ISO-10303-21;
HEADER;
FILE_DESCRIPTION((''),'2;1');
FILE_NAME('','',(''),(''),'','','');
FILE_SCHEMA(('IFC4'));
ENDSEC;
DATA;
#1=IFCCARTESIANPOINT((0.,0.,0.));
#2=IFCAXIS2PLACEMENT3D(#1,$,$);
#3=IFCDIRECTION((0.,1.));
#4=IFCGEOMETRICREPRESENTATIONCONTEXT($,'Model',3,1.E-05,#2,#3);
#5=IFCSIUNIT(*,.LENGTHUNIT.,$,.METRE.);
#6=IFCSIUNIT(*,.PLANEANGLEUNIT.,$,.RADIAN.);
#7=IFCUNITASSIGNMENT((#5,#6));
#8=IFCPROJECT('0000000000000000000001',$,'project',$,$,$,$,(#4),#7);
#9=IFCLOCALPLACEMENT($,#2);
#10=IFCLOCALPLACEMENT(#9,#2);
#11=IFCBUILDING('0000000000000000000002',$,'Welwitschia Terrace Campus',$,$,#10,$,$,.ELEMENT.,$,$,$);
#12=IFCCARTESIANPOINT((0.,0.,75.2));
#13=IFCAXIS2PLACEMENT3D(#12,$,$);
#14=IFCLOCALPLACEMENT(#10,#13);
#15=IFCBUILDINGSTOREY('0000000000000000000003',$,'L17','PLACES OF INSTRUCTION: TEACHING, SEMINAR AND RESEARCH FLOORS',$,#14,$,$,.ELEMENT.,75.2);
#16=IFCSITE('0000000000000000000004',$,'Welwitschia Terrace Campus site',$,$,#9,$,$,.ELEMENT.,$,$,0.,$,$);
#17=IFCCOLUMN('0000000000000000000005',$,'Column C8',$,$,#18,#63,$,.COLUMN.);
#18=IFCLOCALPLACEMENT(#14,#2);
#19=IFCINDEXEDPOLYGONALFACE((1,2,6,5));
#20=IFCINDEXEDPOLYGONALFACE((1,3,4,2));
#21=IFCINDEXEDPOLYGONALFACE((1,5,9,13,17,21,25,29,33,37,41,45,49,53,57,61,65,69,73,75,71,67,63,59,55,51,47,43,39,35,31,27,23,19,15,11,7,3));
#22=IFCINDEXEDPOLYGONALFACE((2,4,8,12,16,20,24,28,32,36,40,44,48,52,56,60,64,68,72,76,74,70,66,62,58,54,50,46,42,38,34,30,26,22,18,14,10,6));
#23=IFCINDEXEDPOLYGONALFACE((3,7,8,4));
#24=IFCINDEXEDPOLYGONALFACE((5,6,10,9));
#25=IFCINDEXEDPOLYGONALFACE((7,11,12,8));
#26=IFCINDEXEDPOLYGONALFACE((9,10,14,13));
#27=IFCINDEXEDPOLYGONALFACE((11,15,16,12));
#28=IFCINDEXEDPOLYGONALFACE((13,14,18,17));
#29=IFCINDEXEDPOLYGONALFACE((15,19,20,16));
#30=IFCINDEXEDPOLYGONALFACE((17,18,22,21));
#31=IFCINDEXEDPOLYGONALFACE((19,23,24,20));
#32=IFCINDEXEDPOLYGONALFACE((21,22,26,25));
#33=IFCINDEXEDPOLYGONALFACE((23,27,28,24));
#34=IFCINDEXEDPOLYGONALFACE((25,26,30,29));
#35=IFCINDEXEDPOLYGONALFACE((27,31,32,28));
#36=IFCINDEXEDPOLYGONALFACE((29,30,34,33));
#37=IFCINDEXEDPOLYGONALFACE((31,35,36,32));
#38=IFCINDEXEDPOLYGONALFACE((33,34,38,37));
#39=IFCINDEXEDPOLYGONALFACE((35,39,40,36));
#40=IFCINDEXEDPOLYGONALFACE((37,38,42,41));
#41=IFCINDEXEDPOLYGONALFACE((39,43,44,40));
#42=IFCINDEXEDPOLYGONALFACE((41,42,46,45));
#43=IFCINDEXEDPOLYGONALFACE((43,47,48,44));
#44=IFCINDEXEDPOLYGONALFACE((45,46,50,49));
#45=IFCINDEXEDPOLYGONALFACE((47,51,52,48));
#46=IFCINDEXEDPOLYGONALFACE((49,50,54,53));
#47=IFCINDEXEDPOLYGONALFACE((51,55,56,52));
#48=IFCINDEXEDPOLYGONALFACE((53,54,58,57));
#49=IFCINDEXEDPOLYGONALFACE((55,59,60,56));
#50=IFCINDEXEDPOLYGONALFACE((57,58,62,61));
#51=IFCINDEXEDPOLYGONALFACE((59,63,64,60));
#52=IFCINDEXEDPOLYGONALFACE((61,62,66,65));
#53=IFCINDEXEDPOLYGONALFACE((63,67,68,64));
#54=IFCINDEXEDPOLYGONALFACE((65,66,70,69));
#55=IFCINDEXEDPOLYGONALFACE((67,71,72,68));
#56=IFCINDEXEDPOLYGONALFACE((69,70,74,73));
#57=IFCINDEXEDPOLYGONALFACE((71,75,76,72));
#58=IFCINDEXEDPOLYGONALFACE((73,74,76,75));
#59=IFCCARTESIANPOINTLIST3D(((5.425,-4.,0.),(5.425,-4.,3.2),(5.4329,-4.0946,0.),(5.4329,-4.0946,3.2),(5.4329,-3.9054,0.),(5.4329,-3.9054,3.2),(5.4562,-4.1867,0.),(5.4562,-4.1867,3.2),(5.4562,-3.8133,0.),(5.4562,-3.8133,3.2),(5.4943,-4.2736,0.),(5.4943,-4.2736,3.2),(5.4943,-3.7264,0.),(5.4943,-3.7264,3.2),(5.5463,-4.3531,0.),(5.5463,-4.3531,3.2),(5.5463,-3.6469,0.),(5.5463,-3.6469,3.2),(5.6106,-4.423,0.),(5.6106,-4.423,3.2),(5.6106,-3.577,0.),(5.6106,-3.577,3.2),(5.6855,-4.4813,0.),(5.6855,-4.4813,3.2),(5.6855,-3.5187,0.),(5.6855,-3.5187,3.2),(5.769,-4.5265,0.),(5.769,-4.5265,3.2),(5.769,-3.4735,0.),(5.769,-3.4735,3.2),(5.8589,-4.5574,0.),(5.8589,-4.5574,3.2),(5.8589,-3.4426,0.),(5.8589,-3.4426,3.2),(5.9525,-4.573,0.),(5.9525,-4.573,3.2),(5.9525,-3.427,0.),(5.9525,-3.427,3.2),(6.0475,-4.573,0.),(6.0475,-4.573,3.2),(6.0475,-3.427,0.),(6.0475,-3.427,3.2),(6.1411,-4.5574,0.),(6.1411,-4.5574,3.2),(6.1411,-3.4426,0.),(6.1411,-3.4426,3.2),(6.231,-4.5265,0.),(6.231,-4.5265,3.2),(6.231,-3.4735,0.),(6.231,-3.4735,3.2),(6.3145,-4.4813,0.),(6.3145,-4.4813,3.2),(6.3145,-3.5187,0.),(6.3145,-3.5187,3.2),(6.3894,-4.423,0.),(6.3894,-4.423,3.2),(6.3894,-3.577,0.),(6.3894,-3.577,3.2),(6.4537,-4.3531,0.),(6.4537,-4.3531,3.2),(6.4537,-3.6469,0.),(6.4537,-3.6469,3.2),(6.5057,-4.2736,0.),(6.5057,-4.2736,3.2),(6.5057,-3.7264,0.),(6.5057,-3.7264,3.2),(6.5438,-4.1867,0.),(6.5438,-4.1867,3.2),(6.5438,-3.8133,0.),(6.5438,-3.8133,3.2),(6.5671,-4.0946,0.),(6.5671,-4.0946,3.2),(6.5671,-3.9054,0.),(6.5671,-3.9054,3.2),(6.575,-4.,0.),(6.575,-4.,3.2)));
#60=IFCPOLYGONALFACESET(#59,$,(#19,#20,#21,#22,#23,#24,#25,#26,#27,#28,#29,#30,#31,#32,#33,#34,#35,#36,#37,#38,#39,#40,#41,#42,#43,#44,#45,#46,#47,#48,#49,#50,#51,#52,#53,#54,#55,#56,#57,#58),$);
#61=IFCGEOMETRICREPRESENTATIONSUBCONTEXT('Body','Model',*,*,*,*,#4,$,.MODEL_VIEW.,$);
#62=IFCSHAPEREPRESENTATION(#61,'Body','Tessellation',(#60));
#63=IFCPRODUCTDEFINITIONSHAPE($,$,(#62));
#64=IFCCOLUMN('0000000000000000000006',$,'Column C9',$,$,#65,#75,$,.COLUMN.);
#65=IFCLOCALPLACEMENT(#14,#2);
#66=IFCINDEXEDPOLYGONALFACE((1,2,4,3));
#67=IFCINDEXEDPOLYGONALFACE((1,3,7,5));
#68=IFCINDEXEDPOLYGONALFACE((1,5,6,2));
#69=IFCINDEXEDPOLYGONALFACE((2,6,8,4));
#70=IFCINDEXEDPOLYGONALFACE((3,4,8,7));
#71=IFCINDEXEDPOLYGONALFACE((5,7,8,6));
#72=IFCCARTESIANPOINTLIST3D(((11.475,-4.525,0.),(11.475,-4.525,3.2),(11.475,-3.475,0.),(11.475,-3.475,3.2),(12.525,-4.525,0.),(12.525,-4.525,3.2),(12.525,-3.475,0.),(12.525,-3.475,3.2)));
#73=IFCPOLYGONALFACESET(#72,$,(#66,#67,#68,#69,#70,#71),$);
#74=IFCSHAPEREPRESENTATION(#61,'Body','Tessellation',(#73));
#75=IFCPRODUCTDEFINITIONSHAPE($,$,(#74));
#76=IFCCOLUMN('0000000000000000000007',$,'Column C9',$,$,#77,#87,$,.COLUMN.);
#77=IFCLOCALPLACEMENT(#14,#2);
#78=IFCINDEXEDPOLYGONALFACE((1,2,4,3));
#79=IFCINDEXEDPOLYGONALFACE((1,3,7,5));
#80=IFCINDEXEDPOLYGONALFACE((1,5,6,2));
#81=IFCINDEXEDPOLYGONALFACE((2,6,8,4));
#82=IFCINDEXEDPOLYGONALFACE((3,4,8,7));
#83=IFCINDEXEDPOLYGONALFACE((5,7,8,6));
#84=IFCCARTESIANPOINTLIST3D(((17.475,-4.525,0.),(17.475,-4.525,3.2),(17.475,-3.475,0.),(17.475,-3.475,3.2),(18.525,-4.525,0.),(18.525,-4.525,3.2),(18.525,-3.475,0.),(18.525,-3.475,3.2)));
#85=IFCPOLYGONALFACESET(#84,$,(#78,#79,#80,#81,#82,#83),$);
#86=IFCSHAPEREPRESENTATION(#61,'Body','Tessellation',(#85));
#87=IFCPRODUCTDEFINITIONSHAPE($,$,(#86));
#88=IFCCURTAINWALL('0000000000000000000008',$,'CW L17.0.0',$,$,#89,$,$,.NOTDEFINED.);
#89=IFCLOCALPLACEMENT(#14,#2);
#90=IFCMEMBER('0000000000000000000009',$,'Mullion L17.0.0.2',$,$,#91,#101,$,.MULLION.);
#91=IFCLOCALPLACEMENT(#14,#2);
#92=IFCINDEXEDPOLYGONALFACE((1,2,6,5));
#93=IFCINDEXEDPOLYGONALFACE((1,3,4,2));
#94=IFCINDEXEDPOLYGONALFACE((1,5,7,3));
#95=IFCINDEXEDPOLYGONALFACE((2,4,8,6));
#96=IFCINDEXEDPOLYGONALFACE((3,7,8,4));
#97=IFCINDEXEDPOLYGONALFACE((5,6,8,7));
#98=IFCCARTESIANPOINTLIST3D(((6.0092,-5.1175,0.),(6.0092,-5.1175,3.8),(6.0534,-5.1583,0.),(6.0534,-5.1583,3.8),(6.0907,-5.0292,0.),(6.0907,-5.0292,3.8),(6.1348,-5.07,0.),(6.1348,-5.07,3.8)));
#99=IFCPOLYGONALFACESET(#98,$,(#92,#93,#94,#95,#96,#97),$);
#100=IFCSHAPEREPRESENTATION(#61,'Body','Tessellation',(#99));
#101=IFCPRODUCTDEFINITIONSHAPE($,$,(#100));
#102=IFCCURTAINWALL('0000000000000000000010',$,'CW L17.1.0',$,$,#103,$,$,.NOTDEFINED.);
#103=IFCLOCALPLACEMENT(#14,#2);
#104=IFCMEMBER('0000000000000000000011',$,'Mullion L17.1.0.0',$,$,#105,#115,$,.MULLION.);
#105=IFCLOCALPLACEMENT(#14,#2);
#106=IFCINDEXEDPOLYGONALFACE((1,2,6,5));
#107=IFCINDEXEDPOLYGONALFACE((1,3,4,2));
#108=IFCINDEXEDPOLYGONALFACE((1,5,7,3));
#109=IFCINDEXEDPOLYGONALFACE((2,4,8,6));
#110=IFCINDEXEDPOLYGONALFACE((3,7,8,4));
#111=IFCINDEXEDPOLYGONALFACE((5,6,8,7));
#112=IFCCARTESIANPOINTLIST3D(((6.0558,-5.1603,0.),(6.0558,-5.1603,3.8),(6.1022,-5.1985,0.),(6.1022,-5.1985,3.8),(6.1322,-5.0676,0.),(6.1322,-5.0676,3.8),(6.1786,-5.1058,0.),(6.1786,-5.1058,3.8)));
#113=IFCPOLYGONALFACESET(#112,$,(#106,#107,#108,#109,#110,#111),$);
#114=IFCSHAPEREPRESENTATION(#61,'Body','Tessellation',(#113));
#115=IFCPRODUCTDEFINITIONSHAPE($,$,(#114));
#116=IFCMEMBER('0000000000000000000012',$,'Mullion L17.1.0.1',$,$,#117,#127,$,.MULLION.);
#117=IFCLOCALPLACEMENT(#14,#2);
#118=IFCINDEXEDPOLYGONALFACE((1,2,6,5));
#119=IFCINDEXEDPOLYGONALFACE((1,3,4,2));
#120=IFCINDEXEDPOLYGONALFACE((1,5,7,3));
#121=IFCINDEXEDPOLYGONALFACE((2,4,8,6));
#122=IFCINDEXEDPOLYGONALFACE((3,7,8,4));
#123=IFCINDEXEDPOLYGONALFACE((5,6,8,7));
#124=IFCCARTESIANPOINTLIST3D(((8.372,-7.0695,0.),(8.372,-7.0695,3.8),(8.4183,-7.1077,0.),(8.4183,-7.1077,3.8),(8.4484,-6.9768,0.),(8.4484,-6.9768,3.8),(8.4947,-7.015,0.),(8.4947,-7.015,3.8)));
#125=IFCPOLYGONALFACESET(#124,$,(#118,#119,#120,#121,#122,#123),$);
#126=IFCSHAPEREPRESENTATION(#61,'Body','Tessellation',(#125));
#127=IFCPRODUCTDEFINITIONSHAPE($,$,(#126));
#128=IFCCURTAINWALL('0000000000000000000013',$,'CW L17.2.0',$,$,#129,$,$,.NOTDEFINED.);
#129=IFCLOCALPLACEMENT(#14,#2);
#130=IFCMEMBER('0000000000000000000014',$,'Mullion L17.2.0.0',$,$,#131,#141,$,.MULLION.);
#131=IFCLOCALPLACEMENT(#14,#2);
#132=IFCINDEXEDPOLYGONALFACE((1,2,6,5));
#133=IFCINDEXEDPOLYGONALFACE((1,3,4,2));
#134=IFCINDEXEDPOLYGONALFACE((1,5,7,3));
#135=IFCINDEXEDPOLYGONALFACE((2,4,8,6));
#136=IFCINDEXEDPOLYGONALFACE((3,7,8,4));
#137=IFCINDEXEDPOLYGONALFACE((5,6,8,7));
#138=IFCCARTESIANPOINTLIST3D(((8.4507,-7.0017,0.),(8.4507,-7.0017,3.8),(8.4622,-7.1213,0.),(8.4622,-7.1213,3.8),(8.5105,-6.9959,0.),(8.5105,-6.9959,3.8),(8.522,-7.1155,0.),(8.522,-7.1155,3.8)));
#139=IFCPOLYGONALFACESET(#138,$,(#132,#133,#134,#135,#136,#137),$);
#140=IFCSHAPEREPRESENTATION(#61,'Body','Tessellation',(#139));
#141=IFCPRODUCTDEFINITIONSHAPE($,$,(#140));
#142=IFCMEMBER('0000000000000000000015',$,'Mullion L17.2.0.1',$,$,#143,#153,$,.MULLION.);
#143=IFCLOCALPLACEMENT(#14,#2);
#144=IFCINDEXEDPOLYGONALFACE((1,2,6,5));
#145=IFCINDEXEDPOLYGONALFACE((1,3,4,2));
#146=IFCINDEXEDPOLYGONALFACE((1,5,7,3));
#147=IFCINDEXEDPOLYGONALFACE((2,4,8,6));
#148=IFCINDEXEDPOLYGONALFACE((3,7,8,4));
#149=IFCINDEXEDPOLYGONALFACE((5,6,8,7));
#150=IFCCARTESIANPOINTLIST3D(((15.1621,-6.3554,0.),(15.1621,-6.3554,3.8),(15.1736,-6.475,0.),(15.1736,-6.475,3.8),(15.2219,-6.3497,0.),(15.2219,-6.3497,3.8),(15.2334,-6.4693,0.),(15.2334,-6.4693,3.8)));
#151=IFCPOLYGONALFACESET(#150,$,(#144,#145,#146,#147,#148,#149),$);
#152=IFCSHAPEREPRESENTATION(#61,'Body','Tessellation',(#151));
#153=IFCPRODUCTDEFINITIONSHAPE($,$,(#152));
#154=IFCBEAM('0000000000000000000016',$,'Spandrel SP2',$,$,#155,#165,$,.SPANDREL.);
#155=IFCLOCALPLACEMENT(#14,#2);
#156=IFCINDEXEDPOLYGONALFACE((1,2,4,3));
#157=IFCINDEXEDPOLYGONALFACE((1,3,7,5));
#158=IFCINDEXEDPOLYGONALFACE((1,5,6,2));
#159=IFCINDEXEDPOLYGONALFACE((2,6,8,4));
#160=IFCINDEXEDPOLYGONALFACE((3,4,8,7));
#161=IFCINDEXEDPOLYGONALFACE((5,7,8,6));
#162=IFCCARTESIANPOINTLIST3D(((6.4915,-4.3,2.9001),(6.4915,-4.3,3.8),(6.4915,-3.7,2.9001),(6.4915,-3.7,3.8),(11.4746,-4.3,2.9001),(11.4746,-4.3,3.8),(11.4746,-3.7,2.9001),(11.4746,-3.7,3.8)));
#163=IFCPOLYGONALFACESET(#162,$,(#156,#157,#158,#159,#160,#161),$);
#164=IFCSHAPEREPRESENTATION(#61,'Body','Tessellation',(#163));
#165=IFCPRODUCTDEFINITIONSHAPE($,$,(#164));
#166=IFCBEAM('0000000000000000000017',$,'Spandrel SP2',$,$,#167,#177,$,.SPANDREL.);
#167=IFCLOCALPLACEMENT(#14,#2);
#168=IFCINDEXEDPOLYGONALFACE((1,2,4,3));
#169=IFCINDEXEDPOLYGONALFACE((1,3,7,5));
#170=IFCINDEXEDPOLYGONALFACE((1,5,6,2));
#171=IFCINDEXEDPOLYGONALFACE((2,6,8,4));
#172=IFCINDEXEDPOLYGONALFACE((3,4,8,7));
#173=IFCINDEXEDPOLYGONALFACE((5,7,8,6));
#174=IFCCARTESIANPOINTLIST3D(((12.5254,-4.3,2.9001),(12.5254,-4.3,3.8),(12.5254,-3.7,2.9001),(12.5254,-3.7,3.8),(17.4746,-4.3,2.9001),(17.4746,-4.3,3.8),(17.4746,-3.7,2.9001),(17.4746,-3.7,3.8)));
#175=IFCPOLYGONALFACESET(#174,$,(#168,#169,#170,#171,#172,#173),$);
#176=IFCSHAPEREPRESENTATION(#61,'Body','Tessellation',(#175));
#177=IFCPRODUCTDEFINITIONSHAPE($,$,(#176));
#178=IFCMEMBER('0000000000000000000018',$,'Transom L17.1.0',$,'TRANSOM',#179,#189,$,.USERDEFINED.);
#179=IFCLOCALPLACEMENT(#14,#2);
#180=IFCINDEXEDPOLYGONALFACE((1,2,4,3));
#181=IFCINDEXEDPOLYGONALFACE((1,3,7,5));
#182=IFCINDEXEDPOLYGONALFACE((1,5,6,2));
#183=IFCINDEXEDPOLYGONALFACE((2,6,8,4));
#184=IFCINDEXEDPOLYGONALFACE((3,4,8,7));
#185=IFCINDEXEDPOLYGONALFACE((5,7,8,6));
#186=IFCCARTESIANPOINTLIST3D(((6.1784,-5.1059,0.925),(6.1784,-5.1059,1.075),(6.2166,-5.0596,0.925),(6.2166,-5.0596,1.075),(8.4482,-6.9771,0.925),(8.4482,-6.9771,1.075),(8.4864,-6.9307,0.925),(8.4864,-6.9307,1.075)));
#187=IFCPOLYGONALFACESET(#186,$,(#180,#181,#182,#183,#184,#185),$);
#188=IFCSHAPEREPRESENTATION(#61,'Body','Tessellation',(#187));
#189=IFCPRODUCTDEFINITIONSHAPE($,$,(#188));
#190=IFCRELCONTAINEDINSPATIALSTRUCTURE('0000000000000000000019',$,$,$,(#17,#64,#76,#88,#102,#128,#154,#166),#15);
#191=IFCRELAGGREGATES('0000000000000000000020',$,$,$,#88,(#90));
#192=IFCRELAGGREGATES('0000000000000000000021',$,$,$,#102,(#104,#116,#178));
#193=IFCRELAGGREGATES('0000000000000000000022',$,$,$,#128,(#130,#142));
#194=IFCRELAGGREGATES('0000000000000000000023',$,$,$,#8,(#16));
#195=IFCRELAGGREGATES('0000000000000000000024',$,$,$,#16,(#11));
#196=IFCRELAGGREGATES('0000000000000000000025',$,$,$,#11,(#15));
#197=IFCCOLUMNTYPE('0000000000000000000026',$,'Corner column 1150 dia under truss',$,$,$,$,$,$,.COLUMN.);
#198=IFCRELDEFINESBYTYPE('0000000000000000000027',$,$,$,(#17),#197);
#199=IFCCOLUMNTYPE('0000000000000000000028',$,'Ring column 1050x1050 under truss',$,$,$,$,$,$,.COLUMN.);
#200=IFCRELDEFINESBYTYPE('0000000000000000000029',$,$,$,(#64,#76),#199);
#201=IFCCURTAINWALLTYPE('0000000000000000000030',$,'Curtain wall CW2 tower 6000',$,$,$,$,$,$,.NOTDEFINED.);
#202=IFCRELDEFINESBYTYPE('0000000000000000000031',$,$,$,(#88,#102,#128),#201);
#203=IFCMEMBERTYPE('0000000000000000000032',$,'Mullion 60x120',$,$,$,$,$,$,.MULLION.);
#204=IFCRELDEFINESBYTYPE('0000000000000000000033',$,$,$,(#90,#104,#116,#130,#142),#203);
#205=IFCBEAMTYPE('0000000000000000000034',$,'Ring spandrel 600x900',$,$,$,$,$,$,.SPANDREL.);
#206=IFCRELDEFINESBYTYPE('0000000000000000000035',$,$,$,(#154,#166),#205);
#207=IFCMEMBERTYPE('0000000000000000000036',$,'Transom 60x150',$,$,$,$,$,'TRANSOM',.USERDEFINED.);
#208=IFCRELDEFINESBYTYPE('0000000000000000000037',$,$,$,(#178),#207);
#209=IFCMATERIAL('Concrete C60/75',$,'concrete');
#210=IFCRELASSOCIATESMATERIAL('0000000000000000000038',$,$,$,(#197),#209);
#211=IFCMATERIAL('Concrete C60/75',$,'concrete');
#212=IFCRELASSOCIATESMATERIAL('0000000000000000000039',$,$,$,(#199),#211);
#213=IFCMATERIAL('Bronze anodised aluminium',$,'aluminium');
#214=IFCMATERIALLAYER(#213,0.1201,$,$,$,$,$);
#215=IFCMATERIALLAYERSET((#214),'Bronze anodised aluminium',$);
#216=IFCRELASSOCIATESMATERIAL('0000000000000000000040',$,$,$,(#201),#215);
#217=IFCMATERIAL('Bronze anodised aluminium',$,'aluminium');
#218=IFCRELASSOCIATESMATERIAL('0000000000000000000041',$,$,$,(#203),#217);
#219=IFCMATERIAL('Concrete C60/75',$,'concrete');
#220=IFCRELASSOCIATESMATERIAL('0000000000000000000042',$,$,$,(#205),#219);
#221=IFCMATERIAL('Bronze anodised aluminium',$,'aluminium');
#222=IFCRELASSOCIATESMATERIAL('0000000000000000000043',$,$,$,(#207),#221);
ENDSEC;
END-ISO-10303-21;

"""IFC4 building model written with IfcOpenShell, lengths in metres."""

from ifc_helpers import new_model, si_unit, direction, frame, origin, origin_2d, place, context, subcontext, project, spatial, rectangle, circle, extrude, material, layer, layer_set, material_profile, profile_set, type_object, element, aggregate, save


model = new_model("IFC4")

# Units and contexts
model_context = context("Model", 3, precision=1e-05, world=origin(), true_north=direction((0.0, 1.0)))
body_context = subcontext(model_context, "Body", "Model", "MODEL_VIEW")
ifc_project = project(units=[si_unit("LENGTHUNIT", "METRE"), si_unit("PLANEANGLEUNIT", "RADIAN")], contexts=[model_context])

# Site, building, storey
site_placement = place(None, origin())
site = spatial("IfcSite", under=ifc_project, at=site_placement, Name="Welwitschia Terrace Campus site", CompositionType="ELEMENT", RefElevation=0.0)
building_placement = place(site_placement, origin())
building = spatial("IfcBuilding", under=site, at=building_placement, Name="Welwitschia Terrace Campus", CompositionType="ELEMENT")
storey_placement = place(building_placement, frame((0.0, 0.0, 75.2)))
storey = spatial("IfcBuildingStorey", under=building, at=storey_placement, Name="L17", Description="PLACES OF INSTRUCTION: TEACHING, SEMINAR AND RESEARCH FLOORS", CompositionType="ELEMENT", Elevation=75.2)

# Columns
ifc_material_1 = material(Name="Concrete C60/75", Category="concrete")
ifc_material_profile_1 = material_profile(ifc_material_1, circle(Radius=0.575, at=origin_2d()))
ifc_profile_set_1 = profile_set([ifc_material_profile_1], Name="Concrete C60/75")
column_type_1 = type_object("IfcColumnType", Name="Corner column 1150 dia under truss", PredefinedType="COLUMN", material=ifc_profile_set_1)
column_placement = place(storey_placement, frame((6.0, -4.0, 0.0), z_axis=(0.0, 0.0, 1.0), x_axis=(1.0, 0.0, 0.0)))
element("IfcColumn", 1, at=column_placement, inside=storey, type_object=column_type_1, Name="Column C8", PredefinedType="COLUMN", context=body_context, shape_type="SweptSolid", body=[
    extrude(circle(Radius=0.575, at=origin_2d()), origin(), (0.0, 0.0, 1.0), 3.2),
])
ifc_material_2 = material(Name="Concrete C60/75", Category="concrete")
ifc_material_profile_2 = material_profile(ifc_material_2, rectangle(XDim=1.05, YDim=1.05, at=origin_2d()))
ifc_profile_set_2 = profile_set([ifc_material_profile_2], Name="Concrete C60/75")
column_type_2 = type_object("IfcColumnType", Name="Ring column 1050x1050 under truss", PredefinedType="COLUMN", material=ifc_profile_set_2)
for number, where, z_axis, x_axis, name in (
    (2, (12.0, -4.0, 0.0), (0.0, 0.0, 1.0), (1.0, 0.0, 0.0), "Column C9"),
    (3, (18.0, -4.0, 0.0), (0.0, 0.0, 1.0), (1.0, 0.0, 0.0), "Column C9"),
):
    element("IfcColumn", number, at=place(storey_placement, frame(where, z_axis=z_axis, x_axis=x_axis)), inside=storey, type_object=column_type_2, Name=name, PredefinedType="COLUMN", context=body_context, shape_type="SweptSolid", body=[
        extrude(rectangle(XDim=1.05, YDim=1.05, at=origin_2d()), origin(), (0.0, 0.0, 1.0), 3.2),
    ])

# Curtain wall, member
ifc_material_3 = material(Name="Bronze anodised aluminium", Category="aluminium")
ifc_layer_1 = layer(ifc_material_3, 0.1201)
ifc_layer_set_1 = layer_set([ifc_layer_1], Name="Bronze anodised aluminium")
curtain_wall_type = type_object("IfcCurtainWallType", Name="Curtain wall CW2 tower 6000", PredefinedType="NOTDEFINED", material=ifc_layer_set_1)
curtain_wall_1_placement = place(storey_placement, origin())
curtain_wall_1 = element("IfcCurtainWall", 4, at=curtain_wall_1_placement, inside=storey, type_object=curtain_wall_type, Name="CW L17.0.0", PredefinedType="NOTDEFINED")
ifc_material_4 = material(Name="Bronze anodised aluminium", Category="aluminium")
ifc_material_profile_3 = material_profile(ifc_material_4, rectangle(XDim=0.1201, YDim=0.0601, at=origin_2d()))
ifc_profile_set_3 = profile_set([ifc_material_profile_3], Name="Bronze anodised aluminium")
member_type_1 = type_object("IfcMemberType", Name="Mullion 60x120", PredefinedType="MULLION", material=ifc_profile_set_3)
member_1_placement = place(storey_placement, frame((6.072, -5.0938, 0.0), z_axis=(0.0, 0.0, 1.0), x_axis=(0.678225, 0.734854, 0.0)))
member_1 = element("IfcMember", 5, at=member_1_placement, type_object=member_type_1, Name="Mullion L17.0.0.2", PredefinedType="MULLION", context=body_context, shape_type="SweptSolid", body=[
    extrude(rectangle(XDim=0.1201, YDim=0.0601, at=origin_2d()), origin(), (0.0, 0.0, 1.0), 3.8),
])

# Curtain walls, members
curtain_wall_2_placement = place(storey_placement, origin())
curtain_wall_2 = element("IfcCurtainWall", 6, at=curtain_wall_2_placement, inside=storey, type_object=curtain_wall_type, Name="CW L17.1.0", PredefinedType="NOTDEFINED")
member_2_placement = place(storey_placement, frame((6.1172, -5.1331, 0.0), z_axis=(0.0, 0.0, 1.0), x_axis=(0.636078, 0.771625, 0.0)))
member_2 = element("IfcMember", 7, at=member_2_placement, type_object=member_type_1, Name="Mullion L17.1.0.0", PredefinedType="MULLION", context=body_context, shape_type="SweptSolid", body=[
    extrude(rectangle(XDim=0.1201, YDim=0.0601, at=origin_2d()), origin(), (0.0, 0.0, 1.0), 3.8),
])
member_3_placement = place(storey_placement, frame((8.4333, -7.0422, 0.0), z_axis=(0.0, 0.0, 1.0), x_axis=(0.636078, 0.771625, 0.0)))
member_3 = element("IfcMember", 8, at=member_3_placement, type_object=member_type_1, Name="Mullion L17.1.0.1", PredefinedType="MULLION", context=body_context, shape_type="SweptSolid", body=[
    extrude(rectangle(XDim=0.1201, YDim=0.0601, at=origin_2d()), origin(), (0.0, 0.0, 1.0), 3.8),
])
curtain_wall_3_placement = place(storey_placement, origin())
curtain_wall_3 = element("IfcCurtainWall", 9, at=curtain_wall_3_placement, inside=storey, type_object=curtain_wall_type, Name="CW L17.2.0", PredefinedType="NOTDEFINED")
member_4_placement = place(storey_placement, frame((8.4863, -7.0586, 0.0), z_axis=(0.0, 0.0, 1.0), x_axis=(-0.095846, 0.995396, 0.0)))
member_4 = element("IfcMember", 10, at=member_4_placement, type_object=member_type_1, Name="Mullion L17.2.0.0", PredefinedType="MULLION", context=body_context, shape_type="SweptSolid", body=[
    extrude(rectangle(XDim=0.1201, YDim=0.0601, at=origin_2d()), origin(), (0.0, 0.0, 1.0), 3.8),
])
member_5_placement = place(storey_placement, frame((15.1978, -6.4124, 0.0), z_axis=(0.0, 0.0, 1.0), x_axis=(-0.095846, 0.995396, 0.0)))
member_5 = element("IfcMember", 11, at=member_5_placement, type_object=member_type_1, Name="Mullion L17.2.0.1", PredefinedType="MULLION", context=body_context, shape_type="SweptSolid", body=[
    extrude(rectangle(XDim=0.1201, YDim=0.0601, at=origin_2d()), origin(), (0.0, 0.0, 1.0), 3.8),
])

# Beams
ifc_material_5 = material(Name="Concrete C60/75", Category="concrete")
ifc_material_profile_4 = material_profile(ifc_material_5, rectangle(XDim=0.6001, YDim=0.8999, at=origin_2d()))
ifc_profile_set_4 = profile_set([ifc_material_profile_4], Name="Concrete C60/75")
beam_type = type_object("IfcBeamType", Name="Ring spandrel 600x900", PredefinedType="SPANDREL", material=ifc_profile_set_4)
beam_1_placement = place(storey_placement, frame((6.4915, -4.0, 3.3501), z_axis=(1.0, 0.0, 0.0), x_axis=(0.0, 1.0, 0.0)))
element("IfcBeam", 12, at=beam_1_placement, inside=storey, type_object=beam_type, Name="Spandrel SP2", PredefinedType="SPANDREL", context=body_context, shape_type="SweptSolid", body=[
    extrude(rectangle(XDim=0.6001, YDim=0.8999, at=origin_2d()), origin(), (0.0, 0.0, 1.0), 4.9832),
])
beam_2_placement = place(storey_placement, frame((12.5254, -4.0, 3.3501), z_axis=(1.0, 0.0, 0.0), x_axis=(0.0, 1.0, 0.0)))
element("IfcBeam", 13, at=beam_2_placement, inside=storey, type_object=beam_type, Name="Spandrel SP2", PredefinedType="SPANDREL", context=body_context, shape_type="SweptSolid", body=[
    extrude(rectangle(XDim=0.6001, YDim=0.8999, at=origin_2d()), origin(), (0.0, 0.0, 1.0), 4.9492),
])

# Member
ifc_material_6 = material(Name="Bronze anodised aluminium", Category="aluminium")
ifc_material_profile_5 = material_profile(ifc_material_6, rectangle(XDim=0.0601, YDim=0.1499, at=origin_2d()))
ifc_profile_set_5 = profile_set([ifc_material_profile_5], Name="Bronze anodised aluminium")
member_type_2 = type_object("IfcMemberType", Name="Transom 60x150", ElementType="TRANSOM", PredefinedType="USERDEFINED", material=ifc_profile_set_5)
member_6_placement = place(storey_placement, frame((6.1975, -5.0828, 1.0), z_axis=(0.771619, -0.636085, 0.0), x_axis=(0.636085, 0.771619, 0.0)))
member_6 = element("IfcMember", 14, at=member_6_placement, type_object=member_type_2, Name="Transom L17.1.0", ObjectType="TRANSOM", PredefinedType="USERDEFINED", context=body_context, shape_type="SweptSolid", body=[
    extrude(rectangle(XDim=0.0601, YDim=0.1499, at=origin_2d()), origin(), (0.0, 0.0, 1.0), 2.9417),
])

aggregate(curtain_wall_1, [member_1])
aggregate(curtain_wall_2, [member_2, member_3, member_6])
aggregate(curtain_wall_3, [member_4, member_5])

save(model, "model.ifc")
